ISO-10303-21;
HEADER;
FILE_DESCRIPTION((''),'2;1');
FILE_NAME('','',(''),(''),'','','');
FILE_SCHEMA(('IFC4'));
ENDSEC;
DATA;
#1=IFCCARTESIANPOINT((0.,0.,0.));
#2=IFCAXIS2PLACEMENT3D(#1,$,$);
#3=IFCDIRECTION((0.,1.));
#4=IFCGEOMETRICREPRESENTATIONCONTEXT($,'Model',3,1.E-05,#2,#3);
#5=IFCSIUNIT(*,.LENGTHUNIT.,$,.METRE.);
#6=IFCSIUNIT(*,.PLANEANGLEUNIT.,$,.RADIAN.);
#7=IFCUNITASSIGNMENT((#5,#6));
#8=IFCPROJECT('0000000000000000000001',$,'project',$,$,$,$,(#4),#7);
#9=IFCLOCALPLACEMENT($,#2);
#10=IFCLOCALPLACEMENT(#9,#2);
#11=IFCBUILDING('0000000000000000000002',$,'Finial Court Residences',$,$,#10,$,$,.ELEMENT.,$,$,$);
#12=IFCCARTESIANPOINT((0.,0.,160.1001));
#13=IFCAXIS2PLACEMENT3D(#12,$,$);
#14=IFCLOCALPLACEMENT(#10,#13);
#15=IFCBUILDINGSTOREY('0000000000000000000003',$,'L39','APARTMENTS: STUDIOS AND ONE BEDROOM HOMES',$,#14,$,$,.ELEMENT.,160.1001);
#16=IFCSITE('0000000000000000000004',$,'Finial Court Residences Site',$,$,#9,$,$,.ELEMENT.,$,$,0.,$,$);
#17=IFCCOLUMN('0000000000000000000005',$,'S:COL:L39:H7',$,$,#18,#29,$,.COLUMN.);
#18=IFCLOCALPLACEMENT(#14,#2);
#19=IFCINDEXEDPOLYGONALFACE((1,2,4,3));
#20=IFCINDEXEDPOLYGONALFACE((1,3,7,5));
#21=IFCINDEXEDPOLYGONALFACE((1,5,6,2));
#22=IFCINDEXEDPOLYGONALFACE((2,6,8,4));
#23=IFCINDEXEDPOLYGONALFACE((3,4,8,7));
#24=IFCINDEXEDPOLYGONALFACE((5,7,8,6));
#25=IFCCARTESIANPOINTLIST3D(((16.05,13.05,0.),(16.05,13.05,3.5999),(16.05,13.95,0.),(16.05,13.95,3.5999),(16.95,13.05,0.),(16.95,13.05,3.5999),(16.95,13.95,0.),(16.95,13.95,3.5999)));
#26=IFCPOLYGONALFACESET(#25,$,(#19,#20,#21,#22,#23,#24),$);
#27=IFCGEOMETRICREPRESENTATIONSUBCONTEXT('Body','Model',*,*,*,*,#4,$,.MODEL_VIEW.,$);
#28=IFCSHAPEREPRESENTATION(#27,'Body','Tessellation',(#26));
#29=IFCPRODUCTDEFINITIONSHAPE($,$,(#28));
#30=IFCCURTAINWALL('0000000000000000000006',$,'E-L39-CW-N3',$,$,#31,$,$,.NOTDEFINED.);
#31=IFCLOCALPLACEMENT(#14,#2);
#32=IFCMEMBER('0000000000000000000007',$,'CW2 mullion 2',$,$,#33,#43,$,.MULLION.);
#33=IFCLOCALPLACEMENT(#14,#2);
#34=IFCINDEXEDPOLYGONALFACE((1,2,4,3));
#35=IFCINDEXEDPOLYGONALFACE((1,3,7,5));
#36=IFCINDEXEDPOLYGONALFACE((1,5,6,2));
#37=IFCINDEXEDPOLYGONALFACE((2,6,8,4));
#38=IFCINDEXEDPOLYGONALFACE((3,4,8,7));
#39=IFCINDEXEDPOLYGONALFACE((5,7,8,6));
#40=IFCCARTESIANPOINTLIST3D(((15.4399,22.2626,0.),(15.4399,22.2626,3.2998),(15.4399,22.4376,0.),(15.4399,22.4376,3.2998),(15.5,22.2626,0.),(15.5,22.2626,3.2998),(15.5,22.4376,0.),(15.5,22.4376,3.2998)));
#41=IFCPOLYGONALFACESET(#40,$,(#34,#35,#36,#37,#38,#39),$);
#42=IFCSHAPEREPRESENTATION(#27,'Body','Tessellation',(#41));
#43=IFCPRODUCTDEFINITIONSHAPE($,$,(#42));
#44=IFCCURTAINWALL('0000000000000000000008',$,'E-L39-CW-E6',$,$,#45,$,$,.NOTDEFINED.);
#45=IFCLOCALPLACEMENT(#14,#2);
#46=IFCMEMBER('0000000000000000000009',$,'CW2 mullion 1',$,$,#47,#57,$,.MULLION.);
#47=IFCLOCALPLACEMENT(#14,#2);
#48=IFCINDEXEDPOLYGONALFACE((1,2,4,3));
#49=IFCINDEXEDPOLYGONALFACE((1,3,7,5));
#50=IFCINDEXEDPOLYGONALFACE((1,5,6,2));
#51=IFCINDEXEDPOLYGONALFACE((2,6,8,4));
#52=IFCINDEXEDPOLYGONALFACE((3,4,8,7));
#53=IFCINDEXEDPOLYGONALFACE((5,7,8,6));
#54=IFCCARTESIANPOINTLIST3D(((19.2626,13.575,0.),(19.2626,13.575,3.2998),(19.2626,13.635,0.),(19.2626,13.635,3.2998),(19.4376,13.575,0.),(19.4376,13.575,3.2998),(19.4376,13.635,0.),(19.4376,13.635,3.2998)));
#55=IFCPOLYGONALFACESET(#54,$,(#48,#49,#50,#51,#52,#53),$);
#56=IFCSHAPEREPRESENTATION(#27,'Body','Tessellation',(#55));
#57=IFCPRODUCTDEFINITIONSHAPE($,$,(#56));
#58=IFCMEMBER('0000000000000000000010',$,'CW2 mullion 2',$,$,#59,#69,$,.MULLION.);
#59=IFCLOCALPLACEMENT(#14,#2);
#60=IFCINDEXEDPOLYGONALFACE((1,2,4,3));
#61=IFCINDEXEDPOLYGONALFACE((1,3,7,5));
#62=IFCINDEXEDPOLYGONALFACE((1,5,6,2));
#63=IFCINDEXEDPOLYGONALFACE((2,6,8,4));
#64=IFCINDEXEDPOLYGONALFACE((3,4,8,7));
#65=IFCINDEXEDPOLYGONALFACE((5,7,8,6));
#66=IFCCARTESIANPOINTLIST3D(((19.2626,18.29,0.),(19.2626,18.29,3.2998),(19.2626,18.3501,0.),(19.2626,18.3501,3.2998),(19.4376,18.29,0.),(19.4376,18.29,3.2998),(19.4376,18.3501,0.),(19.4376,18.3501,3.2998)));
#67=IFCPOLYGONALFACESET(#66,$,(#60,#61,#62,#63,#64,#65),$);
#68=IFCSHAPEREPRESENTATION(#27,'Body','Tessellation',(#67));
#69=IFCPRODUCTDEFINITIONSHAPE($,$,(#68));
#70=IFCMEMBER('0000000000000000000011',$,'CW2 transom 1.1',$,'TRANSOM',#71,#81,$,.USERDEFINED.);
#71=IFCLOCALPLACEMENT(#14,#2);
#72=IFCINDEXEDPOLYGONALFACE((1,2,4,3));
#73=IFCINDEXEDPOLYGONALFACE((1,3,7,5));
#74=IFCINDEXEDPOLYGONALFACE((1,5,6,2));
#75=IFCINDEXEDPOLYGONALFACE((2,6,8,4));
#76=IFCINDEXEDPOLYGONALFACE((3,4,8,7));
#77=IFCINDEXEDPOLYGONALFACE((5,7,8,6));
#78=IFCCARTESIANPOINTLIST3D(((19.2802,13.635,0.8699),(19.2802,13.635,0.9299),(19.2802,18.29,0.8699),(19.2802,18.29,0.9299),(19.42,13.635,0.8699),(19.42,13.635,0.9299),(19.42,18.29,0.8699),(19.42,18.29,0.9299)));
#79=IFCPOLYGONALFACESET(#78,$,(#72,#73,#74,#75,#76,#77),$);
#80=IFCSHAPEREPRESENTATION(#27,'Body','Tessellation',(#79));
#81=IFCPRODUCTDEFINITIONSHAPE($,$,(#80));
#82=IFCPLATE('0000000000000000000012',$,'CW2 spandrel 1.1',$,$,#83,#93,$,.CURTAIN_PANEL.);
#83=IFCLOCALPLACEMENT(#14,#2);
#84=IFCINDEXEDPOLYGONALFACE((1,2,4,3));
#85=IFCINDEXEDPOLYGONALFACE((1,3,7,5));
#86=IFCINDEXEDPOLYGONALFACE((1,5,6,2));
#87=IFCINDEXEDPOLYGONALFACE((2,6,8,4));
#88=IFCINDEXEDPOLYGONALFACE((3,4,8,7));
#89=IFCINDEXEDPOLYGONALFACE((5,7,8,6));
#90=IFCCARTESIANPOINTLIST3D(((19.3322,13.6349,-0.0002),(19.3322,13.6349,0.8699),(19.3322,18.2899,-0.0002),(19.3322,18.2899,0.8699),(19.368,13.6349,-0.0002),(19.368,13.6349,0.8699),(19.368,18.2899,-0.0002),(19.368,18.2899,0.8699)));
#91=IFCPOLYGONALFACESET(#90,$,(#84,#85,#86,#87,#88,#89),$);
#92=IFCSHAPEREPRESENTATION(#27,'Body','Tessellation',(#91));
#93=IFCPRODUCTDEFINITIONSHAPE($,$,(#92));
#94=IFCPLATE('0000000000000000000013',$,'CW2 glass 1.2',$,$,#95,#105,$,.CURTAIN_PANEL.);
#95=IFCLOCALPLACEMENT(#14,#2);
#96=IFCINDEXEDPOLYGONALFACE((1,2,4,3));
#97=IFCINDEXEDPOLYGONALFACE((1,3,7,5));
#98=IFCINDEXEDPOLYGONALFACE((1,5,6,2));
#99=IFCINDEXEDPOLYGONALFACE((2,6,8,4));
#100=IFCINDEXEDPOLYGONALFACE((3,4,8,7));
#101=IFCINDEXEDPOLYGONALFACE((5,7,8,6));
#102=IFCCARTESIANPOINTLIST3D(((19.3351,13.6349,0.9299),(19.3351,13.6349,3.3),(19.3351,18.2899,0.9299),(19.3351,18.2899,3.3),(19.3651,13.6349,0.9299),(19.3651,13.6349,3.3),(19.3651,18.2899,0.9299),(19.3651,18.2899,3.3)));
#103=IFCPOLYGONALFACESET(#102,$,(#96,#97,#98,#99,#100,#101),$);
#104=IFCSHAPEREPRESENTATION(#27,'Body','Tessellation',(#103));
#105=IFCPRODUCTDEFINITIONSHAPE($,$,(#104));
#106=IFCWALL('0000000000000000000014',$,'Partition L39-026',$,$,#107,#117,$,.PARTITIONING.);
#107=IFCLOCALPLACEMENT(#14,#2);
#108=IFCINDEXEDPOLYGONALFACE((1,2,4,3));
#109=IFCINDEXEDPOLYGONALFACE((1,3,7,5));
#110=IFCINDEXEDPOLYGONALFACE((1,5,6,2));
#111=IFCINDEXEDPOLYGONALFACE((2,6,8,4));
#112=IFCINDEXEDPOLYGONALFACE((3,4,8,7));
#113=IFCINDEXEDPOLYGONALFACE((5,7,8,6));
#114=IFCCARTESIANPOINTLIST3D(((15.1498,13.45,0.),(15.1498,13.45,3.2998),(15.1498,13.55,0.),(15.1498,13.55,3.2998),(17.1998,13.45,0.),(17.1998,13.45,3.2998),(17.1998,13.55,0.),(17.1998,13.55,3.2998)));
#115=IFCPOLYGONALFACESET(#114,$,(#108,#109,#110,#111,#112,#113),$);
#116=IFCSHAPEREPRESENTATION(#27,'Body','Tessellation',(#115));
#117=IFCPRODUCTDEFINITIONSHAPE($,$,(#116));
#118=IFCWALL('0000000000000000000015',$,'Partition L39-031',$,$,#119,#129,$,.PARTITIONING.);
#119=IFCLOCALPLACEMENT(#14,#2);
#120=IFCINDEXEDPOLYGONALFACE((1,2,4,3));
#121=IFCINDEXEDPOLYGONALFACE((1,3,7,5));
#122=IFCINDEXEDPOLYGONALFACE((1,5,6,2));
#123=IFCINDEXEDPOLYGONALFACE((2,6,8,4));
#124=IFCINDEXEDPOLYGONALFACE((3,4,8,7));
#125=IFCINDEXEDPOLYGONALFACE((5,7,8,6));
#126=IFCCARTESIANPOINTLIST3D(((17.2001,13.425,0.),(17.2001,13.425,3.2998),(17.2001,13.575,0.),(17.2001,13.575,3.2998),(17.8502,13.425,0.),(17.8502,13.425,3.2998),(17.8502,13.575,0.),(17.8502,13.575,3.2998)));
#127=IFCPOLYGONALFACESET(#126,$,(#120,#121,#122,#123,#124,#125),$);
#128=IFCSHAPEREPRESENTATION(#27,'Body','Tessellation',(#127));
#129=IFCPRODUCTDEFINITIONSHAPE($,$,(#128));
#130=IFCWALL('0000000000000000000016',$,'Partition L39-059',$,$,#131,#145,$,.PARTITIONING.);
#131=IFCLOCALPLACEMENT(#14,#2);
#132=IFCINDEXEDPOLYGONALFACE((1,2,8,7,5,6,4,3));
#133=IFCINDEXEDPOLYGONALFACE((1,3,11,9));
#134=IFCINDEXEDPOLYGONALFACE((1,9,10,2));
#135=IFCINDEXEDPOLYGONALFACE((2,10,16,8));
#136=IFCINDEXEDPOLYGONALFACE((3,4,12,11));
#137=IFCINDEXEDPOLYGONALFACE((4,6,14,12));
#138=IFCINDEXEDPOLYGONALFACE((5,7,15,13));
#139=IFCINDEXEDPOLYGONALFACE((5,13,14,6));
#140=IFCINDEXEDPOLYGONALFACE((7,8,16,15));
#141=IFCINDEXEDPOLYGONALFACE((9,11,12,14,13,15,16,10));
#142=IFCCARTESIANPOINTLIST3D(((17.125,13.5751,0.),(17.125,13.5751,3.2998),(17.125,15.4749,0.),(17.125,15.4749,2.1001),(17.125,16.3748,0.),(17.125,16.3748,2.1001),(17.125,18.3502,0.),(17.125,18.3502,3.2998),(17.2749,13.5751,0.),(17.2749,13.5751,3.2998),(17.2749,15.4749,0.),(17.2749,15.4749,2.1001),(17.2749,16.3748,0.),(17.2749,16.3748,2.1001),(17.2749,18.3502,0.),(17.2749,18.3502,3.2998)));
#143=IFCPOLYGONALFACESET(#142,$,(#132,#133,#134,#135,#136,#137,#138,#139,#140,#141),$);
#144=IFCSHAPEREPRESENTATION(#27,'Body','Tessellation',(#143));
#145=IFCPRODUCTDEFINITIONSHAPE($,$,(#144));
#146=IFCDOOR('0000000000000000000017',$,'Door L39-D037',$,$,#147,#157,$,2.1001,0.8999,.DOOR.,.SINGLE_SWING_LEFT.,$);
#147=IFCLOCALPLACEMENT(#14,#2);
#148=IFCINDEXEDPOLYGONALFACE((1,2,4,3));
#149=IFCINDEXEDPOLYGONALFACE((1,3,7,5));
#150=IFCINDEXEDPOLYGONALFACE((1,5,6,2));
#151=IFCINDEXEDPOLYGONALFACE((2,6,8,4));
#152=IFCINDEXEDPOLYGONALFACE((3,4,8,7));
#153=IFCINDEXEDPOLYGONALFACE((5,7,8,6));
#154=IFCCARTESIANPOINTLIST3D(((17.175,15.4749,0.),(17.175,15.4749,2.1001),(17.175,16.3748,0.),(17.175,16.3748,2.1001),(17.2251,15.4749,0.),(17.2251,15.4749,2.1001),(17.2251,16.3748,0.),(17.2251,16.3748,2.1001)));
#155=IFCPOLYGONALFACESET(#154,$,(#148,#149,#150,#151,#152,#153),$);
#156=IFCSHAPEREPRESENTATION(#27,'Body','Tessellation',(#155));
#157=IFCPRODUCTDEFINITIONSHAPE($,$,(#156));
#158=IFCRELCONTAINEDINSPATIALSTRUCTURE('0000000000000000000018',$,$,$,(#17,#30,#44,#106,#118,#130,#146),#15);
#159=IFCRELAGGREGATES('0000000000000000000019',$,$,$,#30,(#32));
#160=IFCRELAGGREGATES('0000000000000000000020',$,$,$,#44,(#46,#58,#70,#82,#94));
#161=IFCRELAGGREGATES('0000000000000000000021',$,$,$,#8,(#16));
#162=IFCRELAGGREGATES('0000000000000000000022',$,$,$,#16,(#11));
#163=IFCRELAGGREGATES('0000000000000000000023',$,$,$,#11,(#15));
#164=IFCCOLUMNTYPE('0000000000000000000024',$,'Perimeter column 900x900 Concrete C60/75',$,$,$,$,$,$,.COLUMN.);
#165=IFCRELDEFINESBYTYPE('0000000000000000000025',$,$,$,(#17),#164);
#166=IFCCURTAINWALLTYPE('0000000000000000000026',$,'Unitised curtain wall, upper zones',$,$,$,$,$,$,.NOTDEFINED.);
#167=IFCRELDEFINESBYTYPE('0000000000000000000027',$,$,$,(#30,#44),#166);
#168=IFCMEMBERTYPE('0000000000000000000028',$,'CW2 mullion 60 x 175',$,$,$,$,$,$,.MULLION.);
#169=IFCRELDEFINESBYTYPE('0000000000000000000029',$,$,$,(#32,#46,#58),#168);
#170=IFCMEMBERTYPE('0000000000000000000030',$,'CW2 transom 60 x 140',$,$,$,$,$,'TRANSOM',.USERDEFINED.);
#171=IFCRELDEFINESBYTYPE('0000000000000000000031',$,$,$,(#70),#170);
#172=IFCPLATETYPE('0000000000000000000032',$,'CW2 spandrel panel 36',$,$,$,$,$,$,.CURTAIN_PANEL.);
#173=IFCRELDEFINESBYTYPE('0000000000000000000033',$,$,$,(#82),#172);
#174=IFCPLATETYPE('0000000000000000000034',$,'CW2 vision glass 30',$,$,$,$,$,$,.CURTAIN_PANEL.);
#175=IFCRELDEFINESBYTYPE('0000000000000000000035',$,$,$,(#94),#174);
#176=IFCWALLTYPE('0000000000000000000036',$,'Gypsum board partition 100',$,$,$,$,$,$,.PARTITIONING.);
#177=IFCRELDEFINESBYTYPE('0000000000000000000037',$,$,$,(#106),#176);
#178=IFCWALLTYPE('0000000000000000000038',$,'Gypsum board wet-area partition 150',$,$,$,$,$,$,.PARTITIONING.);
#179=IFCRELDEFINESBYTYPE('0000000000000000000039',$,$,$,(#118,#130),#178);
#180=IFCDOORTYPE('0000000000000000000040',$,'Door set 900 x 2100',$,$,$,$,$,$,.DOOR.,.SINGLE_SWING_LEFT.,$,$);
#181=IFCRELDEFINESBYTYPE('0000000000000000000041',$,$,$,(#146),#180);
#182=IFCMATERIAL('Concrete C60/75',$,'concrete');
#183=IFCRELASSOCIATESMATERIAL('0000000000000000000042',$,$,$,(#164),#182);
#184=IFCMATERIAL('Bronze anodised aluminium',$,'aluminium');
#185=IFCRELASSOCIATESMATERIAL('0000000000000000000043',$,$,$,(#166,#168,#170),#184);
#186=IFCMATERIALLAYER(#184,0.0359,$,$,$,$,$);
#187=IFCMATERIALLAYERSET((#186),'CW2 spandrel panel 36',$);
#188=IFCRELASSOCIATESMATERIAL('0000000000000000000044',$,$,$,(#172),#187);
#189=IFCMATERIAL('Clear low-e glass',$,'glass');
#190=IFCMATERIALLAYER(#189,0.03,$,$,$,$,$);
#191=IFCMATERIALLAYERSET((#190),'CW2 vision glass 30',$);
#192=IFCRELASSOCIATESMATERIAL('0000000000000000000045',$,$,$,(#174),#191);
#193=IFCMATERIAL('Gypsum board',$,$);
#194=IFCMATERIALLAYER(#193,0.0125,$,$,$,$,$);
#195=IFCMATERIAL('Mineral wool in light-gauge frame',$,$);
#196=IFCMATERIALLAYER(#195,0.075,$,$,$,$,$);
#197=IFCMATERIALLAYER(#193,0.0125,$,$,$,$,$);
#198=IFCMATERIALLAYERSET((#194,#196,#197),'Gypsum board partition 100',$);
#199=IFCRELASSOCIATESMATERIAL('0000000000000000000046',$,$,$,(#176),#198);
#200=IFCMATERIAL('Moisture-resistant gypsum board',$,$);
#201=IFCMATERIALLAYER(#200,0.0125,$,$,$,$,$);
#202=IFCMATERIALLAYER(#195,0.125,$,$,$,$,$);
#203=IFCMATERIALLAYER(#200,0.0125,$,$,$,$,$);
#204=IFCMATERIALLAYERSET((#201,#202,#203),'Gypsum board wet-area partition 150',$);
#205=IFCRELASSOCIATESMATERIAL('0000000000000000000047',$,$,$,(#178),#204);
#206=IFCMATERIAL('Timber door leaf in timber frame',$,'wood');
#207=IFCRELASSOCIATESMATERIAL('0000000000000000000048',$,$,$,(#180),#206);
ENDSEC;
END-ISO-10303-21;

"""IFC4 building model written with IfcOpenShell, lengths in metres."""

from ifc_helpers import new_model, si_unit, direction, frame, frame_2d, origin, origin_2d, place, context, subcontext, project, spatial, rectangle, extrude, material, layer, layer_set, material_profile, profile_set, type_object, element, fill, aggregate, save


model = new_model("IFC4")

# Units and contexts
model_context = context("Model", 3, precision=1e-05, world=origin(), true_north=direction((0.0, 1.0)))
body_context = subcontext(model_context, "Body", "Model", "MODEL_VIEW")
ifc_project = project(units=[si_unit("LENGTHUNIT", "METRE"), si_unit("PLANEANGLEUNIT", "RADIAN")], contexts=[model_context])

# Site, building, storey
site_placement = place(None, origin())
site = spatial("IfcSite", under=ifc_project, at=site_placement, Name="Finial Court Residences Site", CompositionType="ELEMENT", RefElevation=0.0)
building_placement = place(site_placement, origin())
building = spatial("IfcBuilding", under=site, at=building_placement, Name="Finial Court Residences", CompositionType="ELEMENT")
storey_placement = place(building_placement, frame((0.0, 0.0, 160.1001)))
storey = spatial("IfcBuildingStorey", under=building, at=storey_placement, Name="L39", Description="APARTMENTS: STUDIOS AND ONE BEDROOM HOMES", CompositionType="ELEMENT", Elevation=160.1001)

# Column
ifc_material_1 = material(Name="Concrete C60/75", Category="concrete")
ifc_material_profile_1 = material_profile(ifc_material_1, rectangle(XDim=0.8999, YDim=0.8999, at=origin_2d()), Name="900x900")
ifc_profile_set_1 = profile_set([ifc_material_profile_1], Name="Concrete C60/75")
column_type = type_object("IfcColumnType", Name="Perimeter column 900x900 Concrete C60/75", PredefinedType="COLUMN", material=ifc_profile_set_1)
column_placement = place(storey_placement, frame((16.5, 13.5, 0.0), z_axis=(0.0, 0.0, 1.0), x_axis=(1.0, 0.0, 0.0)))
element("IfcColumn", 1, at=column_placement, inside=storey, type_object=column_type, Name="S:COL:L39:H7", PredefinedType="COLUMN", context=body_context, shape_type="SweptSolid", body=[
    extrude(rectangle(XDim=0.8999, YDim=0.8999, at=origin_2d()), origin(), (0.0, 0.0, 1.0), 3.5999),
])

# Curtain wall, member
ifc_material_2 = material(Name="Bronze anodised aluminium", Category="aluminium")
curtain_wall_type = type_object("IfcCurtainWallType", Name="Unitised curtain wall, upper zones", PredefinedType="NOTDEFINED", material=ifc_material_2)
curtain_wall_1_placement = place(storey_placement, origin())
curtain_wall_1 = element("IfcCurtainWall", 2, at=curtain_wall_1_placement, inside=storey, type_object=curtain_wall_type, Name="E-L39-CW-N3", PredefinedType="NOTDEFINED")
ifc_material_profile_2 = material_profile(ifc_material_2, rectangle(XDim=0.175, YDim=0.0601, at=origin_2d()), Name="CW2 mullion 60 x 175")
ifc_profile_set_2 = profile_set([ifc_material_profile_2], Name="Bronze anodised aluminium")
member_type_1 = type_object("IfcMemberType", Name="CW2 mullion 60 x 175", PredefinedType="MULLION", material=ifc_profile_set_2)
member_1_placement = place(storey_placement, frame((15.47, 22.3501, 0.0), z_axis=(0.0, 0.0, 1.0), x_axis=(0.0, 1.0, 0.0)))
member_1 = element("IfcMember", 3, at=member_1_placement, type_object=member_type_1, Name="CW2 mullion 2", PredefinedType="MULLION", context=body_context, shape_type="SweptSolid", body=[
    extrude(rectangle(XDim=0.175, YDim=0.0601, at=origin_2d()), origin(), (0.0, 0.0, 1.0), 3.2998),
])
aggregate(curtain_wall_1, [member_1])

# Curtain wall, members, plates
curtain_wall_2_placement = place(storey_placement, origin())
curtain_wall_2 = element("IfcCurtainWall", 4, at=curtain_wall_2_placement, inside=storey, type_object=curtain_wall_type, Name="E-L39-CW-E6", PredefinedType="NOTDEFINED")
member_2_placement = place(storey_placement, frame((19.3501, 13.605, 0.0), z_axis=(0.0, 0.0, 1.0), x_axis=(-1.0, 0.0, 0.0)))
member_2 = element("IfcMember", 5, at=member_2_placement, type_object=member_type_1, Name="CW2 mullion 1", PredefinedType="MULLION", context=body_context, shape_type="SweptSolid", body=[
    extrude(rectangle(XDim=0.175, YDim=0.0601, at=origin_2d()), origin(), (0.0, 0.0, 1.0), 3.2998),
])
member_3_placement = place(storey_placement, frame((19.3501, 18.3201, 0.0), z_axis=(0.0, 0.0, 1.0), x_axis=(-1.0, 0.0, 0.0)))
member_3 = element("IfcMember", 6, at=member_3_placement, type_object=member_type_1, Name="CW2 mullion 2", PredefinedType="MULLION", context=body_context, shape_type="SweptSolid", body=[
    extrude(rectangle(XDim=0.175, YDim=0.0601, at=origin_2d()), origin(), (0.0, 0.0, 1.0), 3.2998),
])
ifc_material_profile_3 = material_profile(ifc_material_2, rectangle(XDim=0.1399, YDim=0.0601, at=origin_2d()), Name="CW2 transom 60 x 140")
ifc_profile_set_3 = profile_set([ifc_material_profile_3], Name="Bronze anodised aluminium")
member_type_2 = type_object("IfcMemberType", Name="CW2 transom 60 x 140", ElementType="TRANSOM", PredefinedType="USERDEFINED", material=ifc_profile_set_3)
member_4_placement = place(storey_placement, frame((19.3501, 13.635, 0.8999), z_axis=(0.0, 1.0, 0.0), x_axis=(-1.0, 0.0, 0.0)))
member_4 = element("IfcMember", 7, at=member_4_placement, type_object=member_type_2, Name="CW2 transom 1.1", ObjectType="TRANSOM", PredefinedType="USERDEFINED", context=body_context, shape_type="SweptSolid", body=[
    extrude(rectangle(XDim=0.1399, YDim=0.0601, at=origin_2d()), origin(), (0.0, 0.0, 1.0), 4.655),
])
ifc_layer_1 = layer(ifc_material_2, 0.0359)
ifc_layer_set_1 = layer_set([ifc_layer_1], Name="CW2 spandrel panel 36")
plate_type_1 = type_object("IfcPlateType", Name="CW2 spandrel panel 36", PredefinedType="CURTAIN_PANEL", material=ifc_layer_set_1)
plate_1_placement = place(storey_placement, frame((19.3501, 15.9624, -0.0002), z_axis=(0.0, 0.0, 1.0), x_axis=(0.0, 1.0, 0.0)))
plate_1 = element("IfcPlate", 8, at=plate_1_placement, type_object=plate_type_1, Name="CW2 spandrel 1.1", PredefinedType="CURTAIN_PANEL", context=body_context, shape_type="SweptSolid", body=[
    extrude(rectangle(XDim=4.655, YDim=0.0359, at=origin_2d()), origin(), (0.0, 0.0, 1.0), 0.8701),
])
ifc_material_3 = material(Name="Clear low-e glass", Category="glass")
ifc_layer_2 = layer(ifc_material_3, 0.03)
ifc_layer_set_2 = layer_set([ifc_layer_2], Name="CW2 vision glass 30")
plate_type_2 = type_object("IfcPlateType", Name="CW2 vision glass 30", PredefinedType="CURTAIN_PANEL", material=ifc_layer_set_2)
plate_2_placement = place(storey_placement, frame((19.3501, 15.9624, 0.9299), z_axis=(0.0, 0.0, 1.0), x_axis=(0.0, 1.0, 0.0)))
plate_2 = element("IfcPlate", 9, at=plate_2_placement, type_object=plate_type_2, Name="CW2 glass 1.2", PredefinedType="CURTAIN_PANEL", context=body_context, shape_type="SweptSolid", body=[
    extrude(rectangle(XDim=4.655, YDim=0.03, at=origin_2d()), origin(), (0.0, 0.0, 1.0), 2.3701),
])
aggregate(curtain_wall_2, [member_2, member_3, member_4, plate_1, plate_2])

# Walls
ifc_material_4 = material(Name="Gypsum board")
ifc_layer_3 = layer(ifc_material_4, 0.0125)
ifc_material_5 = material(Name="Mineral wool in light-gauge frame")
ifc_layer_4 = layer(ifc_material_5, 0.075)
ifc_layer_5 = layer(ifc_material_4, 0.0125)
ifc_layer_set_3 = layer_set([ifc_layer_3, ifc_layer_4, ifc_layer_5], Name="Gypsum board partition 100")
wall_type_1 = type_object("IfcWallType", Name="Gypsum board partition 100", PredefinedType="PARTITIONING", material=ifc_layer_set_3)
wall_1_placement = place(storey_placement, frame((15.1499, 13.5, 0.0), z_axis=(0.0, 0.0, 1.0), x_axis=(1.0, 0.0, 0.0)))
element("IfcWall", 10, at=wall_1_placement, inside=storey, type_object=wall_type_1, Name="Partition L39-026", PredefinedType="PARTITIONING", context=body_context, shape_type="SweptSolid", body=[
    extrude(rectangle(XDim=2.05, YDim=0.1001, at=frame_2d((1.0249, 0.0))), origin(), (0.0, 0.0, 1.0), 3.2998),
])
ifc_material_6 = material(Name="Moisture-resistant gypsum board")
ifc_layer_6 = layer(ifc_material_6, 0.0125)
ifc_layer_7 = layer(ifc_material_5, 0.125)
ifc_layer_8 = layer(ifc_material_6, 0.0125)
ifc_layer_set_4 = layer_set([ifc_layer_6, ifc_layer_7, ifc_layer_8], Name="Gypsum board wet-area partition 150")
wall_type_2 = type_object("IfcWallType", Name="Gypsum board wet-area partition 150", PredefinedType="PARTITIONING", material=ifc_layer_set_4)
wall_2_placement = place(storey_placement, frame((17.2, 13.5, 0.0), z_axis=(0.0, 0.0, 1.0), x_axis=(1.0, 0.0, 0.0)))
element("IfcWall", 11, at=wall_2_placement, inside=storey, type_object=wall_type_2, Name="Partition L39-031", PredefinedType="PARTITIONING", context=body_context, shape_type="SweptSolid", body=[
    extrude(rectangle(XDim=0.6501, YDim=0.1499, at=frame_2d((0.3252, 0.0))), origin(), (0.0, 0.0, 1.0), 3.2998),
])

# Wall, opening, door
wall_3_placement = place(storey_placement, frame((17.2, 13.575, 0.0), z_axis=(0.0, 0.0, 1.0), x_axis=(0.0, 1.0, 0.0)))
wall_3 = element("IfcWall", 12, at=wall_3_placement, inside=storey, type_object=wall_type_2, Name="Partition L39-059", PredefinedType="PARTITIONING", context=body_context, shape_type="SweptSolid", body=[
    extrude(rectangle(XDim=4.7751, YDim=0.1499, at=frame_2d((2.3877, 0.0))), origin(), (0.0, 0.0, 1.0), 3.2998),
])
opening_1_placement = place(wall_3_placement, frame((1.8999, 0.0, 0.0)))
opening_1 = element("IfcOpeningElement", 13, at=opening_1_placement, cuts=wall_3, PredefinedType="OPENING", context=body_context, shape_type="SweptSolid", body=[
    extrude(rectangle(XDim=0.8999, YDim=2.1001, at=frame_2d((0.45, 1.05))), frame((0.0, 0.085, 0.0), z_axis=(0.0, -1.0, 0.0), x_axis=(1.0, 0.0, 0.0)), (0.0, 0.0, 1.0), 0.1699),
])
ifc_material_7 = material(Name="Timber door leaf in timber frame", Category="wood")
door_type = type_object("IfcDoorType", Name="Door set 900 x 2100", OperationType="SINGLE_SWING_LEFT", PredefinedType="DOOR", material=ifc_material_7)
door_placement = place(opening_1_placement, origin())
door = element("IfcDoor", 14, at=door_placement, inside=storey, type_object=door_type, Name="Door L39-D037", OperationType="SINGLE_SWING_LEFT", OverallHeight=2.1001, OverallWidth=0.8999, PredefinedType="DOOR", context=body_context, shape_type="SweptSolid", body=[
    extrude(rectangle(XDim=0.8999, YDim=2.1001, at=frame_2d((0.45, 1.05))), frame((0.0, 0.0249, 0.0), z_axis=(0.0, -1.0, 0.0), x_axis=(1.0, 0.0, 0.0)), (0.0, 0.0, 1.0), 0.05),
])
fill(opening_1, door)

save(model, "model.ifc")
